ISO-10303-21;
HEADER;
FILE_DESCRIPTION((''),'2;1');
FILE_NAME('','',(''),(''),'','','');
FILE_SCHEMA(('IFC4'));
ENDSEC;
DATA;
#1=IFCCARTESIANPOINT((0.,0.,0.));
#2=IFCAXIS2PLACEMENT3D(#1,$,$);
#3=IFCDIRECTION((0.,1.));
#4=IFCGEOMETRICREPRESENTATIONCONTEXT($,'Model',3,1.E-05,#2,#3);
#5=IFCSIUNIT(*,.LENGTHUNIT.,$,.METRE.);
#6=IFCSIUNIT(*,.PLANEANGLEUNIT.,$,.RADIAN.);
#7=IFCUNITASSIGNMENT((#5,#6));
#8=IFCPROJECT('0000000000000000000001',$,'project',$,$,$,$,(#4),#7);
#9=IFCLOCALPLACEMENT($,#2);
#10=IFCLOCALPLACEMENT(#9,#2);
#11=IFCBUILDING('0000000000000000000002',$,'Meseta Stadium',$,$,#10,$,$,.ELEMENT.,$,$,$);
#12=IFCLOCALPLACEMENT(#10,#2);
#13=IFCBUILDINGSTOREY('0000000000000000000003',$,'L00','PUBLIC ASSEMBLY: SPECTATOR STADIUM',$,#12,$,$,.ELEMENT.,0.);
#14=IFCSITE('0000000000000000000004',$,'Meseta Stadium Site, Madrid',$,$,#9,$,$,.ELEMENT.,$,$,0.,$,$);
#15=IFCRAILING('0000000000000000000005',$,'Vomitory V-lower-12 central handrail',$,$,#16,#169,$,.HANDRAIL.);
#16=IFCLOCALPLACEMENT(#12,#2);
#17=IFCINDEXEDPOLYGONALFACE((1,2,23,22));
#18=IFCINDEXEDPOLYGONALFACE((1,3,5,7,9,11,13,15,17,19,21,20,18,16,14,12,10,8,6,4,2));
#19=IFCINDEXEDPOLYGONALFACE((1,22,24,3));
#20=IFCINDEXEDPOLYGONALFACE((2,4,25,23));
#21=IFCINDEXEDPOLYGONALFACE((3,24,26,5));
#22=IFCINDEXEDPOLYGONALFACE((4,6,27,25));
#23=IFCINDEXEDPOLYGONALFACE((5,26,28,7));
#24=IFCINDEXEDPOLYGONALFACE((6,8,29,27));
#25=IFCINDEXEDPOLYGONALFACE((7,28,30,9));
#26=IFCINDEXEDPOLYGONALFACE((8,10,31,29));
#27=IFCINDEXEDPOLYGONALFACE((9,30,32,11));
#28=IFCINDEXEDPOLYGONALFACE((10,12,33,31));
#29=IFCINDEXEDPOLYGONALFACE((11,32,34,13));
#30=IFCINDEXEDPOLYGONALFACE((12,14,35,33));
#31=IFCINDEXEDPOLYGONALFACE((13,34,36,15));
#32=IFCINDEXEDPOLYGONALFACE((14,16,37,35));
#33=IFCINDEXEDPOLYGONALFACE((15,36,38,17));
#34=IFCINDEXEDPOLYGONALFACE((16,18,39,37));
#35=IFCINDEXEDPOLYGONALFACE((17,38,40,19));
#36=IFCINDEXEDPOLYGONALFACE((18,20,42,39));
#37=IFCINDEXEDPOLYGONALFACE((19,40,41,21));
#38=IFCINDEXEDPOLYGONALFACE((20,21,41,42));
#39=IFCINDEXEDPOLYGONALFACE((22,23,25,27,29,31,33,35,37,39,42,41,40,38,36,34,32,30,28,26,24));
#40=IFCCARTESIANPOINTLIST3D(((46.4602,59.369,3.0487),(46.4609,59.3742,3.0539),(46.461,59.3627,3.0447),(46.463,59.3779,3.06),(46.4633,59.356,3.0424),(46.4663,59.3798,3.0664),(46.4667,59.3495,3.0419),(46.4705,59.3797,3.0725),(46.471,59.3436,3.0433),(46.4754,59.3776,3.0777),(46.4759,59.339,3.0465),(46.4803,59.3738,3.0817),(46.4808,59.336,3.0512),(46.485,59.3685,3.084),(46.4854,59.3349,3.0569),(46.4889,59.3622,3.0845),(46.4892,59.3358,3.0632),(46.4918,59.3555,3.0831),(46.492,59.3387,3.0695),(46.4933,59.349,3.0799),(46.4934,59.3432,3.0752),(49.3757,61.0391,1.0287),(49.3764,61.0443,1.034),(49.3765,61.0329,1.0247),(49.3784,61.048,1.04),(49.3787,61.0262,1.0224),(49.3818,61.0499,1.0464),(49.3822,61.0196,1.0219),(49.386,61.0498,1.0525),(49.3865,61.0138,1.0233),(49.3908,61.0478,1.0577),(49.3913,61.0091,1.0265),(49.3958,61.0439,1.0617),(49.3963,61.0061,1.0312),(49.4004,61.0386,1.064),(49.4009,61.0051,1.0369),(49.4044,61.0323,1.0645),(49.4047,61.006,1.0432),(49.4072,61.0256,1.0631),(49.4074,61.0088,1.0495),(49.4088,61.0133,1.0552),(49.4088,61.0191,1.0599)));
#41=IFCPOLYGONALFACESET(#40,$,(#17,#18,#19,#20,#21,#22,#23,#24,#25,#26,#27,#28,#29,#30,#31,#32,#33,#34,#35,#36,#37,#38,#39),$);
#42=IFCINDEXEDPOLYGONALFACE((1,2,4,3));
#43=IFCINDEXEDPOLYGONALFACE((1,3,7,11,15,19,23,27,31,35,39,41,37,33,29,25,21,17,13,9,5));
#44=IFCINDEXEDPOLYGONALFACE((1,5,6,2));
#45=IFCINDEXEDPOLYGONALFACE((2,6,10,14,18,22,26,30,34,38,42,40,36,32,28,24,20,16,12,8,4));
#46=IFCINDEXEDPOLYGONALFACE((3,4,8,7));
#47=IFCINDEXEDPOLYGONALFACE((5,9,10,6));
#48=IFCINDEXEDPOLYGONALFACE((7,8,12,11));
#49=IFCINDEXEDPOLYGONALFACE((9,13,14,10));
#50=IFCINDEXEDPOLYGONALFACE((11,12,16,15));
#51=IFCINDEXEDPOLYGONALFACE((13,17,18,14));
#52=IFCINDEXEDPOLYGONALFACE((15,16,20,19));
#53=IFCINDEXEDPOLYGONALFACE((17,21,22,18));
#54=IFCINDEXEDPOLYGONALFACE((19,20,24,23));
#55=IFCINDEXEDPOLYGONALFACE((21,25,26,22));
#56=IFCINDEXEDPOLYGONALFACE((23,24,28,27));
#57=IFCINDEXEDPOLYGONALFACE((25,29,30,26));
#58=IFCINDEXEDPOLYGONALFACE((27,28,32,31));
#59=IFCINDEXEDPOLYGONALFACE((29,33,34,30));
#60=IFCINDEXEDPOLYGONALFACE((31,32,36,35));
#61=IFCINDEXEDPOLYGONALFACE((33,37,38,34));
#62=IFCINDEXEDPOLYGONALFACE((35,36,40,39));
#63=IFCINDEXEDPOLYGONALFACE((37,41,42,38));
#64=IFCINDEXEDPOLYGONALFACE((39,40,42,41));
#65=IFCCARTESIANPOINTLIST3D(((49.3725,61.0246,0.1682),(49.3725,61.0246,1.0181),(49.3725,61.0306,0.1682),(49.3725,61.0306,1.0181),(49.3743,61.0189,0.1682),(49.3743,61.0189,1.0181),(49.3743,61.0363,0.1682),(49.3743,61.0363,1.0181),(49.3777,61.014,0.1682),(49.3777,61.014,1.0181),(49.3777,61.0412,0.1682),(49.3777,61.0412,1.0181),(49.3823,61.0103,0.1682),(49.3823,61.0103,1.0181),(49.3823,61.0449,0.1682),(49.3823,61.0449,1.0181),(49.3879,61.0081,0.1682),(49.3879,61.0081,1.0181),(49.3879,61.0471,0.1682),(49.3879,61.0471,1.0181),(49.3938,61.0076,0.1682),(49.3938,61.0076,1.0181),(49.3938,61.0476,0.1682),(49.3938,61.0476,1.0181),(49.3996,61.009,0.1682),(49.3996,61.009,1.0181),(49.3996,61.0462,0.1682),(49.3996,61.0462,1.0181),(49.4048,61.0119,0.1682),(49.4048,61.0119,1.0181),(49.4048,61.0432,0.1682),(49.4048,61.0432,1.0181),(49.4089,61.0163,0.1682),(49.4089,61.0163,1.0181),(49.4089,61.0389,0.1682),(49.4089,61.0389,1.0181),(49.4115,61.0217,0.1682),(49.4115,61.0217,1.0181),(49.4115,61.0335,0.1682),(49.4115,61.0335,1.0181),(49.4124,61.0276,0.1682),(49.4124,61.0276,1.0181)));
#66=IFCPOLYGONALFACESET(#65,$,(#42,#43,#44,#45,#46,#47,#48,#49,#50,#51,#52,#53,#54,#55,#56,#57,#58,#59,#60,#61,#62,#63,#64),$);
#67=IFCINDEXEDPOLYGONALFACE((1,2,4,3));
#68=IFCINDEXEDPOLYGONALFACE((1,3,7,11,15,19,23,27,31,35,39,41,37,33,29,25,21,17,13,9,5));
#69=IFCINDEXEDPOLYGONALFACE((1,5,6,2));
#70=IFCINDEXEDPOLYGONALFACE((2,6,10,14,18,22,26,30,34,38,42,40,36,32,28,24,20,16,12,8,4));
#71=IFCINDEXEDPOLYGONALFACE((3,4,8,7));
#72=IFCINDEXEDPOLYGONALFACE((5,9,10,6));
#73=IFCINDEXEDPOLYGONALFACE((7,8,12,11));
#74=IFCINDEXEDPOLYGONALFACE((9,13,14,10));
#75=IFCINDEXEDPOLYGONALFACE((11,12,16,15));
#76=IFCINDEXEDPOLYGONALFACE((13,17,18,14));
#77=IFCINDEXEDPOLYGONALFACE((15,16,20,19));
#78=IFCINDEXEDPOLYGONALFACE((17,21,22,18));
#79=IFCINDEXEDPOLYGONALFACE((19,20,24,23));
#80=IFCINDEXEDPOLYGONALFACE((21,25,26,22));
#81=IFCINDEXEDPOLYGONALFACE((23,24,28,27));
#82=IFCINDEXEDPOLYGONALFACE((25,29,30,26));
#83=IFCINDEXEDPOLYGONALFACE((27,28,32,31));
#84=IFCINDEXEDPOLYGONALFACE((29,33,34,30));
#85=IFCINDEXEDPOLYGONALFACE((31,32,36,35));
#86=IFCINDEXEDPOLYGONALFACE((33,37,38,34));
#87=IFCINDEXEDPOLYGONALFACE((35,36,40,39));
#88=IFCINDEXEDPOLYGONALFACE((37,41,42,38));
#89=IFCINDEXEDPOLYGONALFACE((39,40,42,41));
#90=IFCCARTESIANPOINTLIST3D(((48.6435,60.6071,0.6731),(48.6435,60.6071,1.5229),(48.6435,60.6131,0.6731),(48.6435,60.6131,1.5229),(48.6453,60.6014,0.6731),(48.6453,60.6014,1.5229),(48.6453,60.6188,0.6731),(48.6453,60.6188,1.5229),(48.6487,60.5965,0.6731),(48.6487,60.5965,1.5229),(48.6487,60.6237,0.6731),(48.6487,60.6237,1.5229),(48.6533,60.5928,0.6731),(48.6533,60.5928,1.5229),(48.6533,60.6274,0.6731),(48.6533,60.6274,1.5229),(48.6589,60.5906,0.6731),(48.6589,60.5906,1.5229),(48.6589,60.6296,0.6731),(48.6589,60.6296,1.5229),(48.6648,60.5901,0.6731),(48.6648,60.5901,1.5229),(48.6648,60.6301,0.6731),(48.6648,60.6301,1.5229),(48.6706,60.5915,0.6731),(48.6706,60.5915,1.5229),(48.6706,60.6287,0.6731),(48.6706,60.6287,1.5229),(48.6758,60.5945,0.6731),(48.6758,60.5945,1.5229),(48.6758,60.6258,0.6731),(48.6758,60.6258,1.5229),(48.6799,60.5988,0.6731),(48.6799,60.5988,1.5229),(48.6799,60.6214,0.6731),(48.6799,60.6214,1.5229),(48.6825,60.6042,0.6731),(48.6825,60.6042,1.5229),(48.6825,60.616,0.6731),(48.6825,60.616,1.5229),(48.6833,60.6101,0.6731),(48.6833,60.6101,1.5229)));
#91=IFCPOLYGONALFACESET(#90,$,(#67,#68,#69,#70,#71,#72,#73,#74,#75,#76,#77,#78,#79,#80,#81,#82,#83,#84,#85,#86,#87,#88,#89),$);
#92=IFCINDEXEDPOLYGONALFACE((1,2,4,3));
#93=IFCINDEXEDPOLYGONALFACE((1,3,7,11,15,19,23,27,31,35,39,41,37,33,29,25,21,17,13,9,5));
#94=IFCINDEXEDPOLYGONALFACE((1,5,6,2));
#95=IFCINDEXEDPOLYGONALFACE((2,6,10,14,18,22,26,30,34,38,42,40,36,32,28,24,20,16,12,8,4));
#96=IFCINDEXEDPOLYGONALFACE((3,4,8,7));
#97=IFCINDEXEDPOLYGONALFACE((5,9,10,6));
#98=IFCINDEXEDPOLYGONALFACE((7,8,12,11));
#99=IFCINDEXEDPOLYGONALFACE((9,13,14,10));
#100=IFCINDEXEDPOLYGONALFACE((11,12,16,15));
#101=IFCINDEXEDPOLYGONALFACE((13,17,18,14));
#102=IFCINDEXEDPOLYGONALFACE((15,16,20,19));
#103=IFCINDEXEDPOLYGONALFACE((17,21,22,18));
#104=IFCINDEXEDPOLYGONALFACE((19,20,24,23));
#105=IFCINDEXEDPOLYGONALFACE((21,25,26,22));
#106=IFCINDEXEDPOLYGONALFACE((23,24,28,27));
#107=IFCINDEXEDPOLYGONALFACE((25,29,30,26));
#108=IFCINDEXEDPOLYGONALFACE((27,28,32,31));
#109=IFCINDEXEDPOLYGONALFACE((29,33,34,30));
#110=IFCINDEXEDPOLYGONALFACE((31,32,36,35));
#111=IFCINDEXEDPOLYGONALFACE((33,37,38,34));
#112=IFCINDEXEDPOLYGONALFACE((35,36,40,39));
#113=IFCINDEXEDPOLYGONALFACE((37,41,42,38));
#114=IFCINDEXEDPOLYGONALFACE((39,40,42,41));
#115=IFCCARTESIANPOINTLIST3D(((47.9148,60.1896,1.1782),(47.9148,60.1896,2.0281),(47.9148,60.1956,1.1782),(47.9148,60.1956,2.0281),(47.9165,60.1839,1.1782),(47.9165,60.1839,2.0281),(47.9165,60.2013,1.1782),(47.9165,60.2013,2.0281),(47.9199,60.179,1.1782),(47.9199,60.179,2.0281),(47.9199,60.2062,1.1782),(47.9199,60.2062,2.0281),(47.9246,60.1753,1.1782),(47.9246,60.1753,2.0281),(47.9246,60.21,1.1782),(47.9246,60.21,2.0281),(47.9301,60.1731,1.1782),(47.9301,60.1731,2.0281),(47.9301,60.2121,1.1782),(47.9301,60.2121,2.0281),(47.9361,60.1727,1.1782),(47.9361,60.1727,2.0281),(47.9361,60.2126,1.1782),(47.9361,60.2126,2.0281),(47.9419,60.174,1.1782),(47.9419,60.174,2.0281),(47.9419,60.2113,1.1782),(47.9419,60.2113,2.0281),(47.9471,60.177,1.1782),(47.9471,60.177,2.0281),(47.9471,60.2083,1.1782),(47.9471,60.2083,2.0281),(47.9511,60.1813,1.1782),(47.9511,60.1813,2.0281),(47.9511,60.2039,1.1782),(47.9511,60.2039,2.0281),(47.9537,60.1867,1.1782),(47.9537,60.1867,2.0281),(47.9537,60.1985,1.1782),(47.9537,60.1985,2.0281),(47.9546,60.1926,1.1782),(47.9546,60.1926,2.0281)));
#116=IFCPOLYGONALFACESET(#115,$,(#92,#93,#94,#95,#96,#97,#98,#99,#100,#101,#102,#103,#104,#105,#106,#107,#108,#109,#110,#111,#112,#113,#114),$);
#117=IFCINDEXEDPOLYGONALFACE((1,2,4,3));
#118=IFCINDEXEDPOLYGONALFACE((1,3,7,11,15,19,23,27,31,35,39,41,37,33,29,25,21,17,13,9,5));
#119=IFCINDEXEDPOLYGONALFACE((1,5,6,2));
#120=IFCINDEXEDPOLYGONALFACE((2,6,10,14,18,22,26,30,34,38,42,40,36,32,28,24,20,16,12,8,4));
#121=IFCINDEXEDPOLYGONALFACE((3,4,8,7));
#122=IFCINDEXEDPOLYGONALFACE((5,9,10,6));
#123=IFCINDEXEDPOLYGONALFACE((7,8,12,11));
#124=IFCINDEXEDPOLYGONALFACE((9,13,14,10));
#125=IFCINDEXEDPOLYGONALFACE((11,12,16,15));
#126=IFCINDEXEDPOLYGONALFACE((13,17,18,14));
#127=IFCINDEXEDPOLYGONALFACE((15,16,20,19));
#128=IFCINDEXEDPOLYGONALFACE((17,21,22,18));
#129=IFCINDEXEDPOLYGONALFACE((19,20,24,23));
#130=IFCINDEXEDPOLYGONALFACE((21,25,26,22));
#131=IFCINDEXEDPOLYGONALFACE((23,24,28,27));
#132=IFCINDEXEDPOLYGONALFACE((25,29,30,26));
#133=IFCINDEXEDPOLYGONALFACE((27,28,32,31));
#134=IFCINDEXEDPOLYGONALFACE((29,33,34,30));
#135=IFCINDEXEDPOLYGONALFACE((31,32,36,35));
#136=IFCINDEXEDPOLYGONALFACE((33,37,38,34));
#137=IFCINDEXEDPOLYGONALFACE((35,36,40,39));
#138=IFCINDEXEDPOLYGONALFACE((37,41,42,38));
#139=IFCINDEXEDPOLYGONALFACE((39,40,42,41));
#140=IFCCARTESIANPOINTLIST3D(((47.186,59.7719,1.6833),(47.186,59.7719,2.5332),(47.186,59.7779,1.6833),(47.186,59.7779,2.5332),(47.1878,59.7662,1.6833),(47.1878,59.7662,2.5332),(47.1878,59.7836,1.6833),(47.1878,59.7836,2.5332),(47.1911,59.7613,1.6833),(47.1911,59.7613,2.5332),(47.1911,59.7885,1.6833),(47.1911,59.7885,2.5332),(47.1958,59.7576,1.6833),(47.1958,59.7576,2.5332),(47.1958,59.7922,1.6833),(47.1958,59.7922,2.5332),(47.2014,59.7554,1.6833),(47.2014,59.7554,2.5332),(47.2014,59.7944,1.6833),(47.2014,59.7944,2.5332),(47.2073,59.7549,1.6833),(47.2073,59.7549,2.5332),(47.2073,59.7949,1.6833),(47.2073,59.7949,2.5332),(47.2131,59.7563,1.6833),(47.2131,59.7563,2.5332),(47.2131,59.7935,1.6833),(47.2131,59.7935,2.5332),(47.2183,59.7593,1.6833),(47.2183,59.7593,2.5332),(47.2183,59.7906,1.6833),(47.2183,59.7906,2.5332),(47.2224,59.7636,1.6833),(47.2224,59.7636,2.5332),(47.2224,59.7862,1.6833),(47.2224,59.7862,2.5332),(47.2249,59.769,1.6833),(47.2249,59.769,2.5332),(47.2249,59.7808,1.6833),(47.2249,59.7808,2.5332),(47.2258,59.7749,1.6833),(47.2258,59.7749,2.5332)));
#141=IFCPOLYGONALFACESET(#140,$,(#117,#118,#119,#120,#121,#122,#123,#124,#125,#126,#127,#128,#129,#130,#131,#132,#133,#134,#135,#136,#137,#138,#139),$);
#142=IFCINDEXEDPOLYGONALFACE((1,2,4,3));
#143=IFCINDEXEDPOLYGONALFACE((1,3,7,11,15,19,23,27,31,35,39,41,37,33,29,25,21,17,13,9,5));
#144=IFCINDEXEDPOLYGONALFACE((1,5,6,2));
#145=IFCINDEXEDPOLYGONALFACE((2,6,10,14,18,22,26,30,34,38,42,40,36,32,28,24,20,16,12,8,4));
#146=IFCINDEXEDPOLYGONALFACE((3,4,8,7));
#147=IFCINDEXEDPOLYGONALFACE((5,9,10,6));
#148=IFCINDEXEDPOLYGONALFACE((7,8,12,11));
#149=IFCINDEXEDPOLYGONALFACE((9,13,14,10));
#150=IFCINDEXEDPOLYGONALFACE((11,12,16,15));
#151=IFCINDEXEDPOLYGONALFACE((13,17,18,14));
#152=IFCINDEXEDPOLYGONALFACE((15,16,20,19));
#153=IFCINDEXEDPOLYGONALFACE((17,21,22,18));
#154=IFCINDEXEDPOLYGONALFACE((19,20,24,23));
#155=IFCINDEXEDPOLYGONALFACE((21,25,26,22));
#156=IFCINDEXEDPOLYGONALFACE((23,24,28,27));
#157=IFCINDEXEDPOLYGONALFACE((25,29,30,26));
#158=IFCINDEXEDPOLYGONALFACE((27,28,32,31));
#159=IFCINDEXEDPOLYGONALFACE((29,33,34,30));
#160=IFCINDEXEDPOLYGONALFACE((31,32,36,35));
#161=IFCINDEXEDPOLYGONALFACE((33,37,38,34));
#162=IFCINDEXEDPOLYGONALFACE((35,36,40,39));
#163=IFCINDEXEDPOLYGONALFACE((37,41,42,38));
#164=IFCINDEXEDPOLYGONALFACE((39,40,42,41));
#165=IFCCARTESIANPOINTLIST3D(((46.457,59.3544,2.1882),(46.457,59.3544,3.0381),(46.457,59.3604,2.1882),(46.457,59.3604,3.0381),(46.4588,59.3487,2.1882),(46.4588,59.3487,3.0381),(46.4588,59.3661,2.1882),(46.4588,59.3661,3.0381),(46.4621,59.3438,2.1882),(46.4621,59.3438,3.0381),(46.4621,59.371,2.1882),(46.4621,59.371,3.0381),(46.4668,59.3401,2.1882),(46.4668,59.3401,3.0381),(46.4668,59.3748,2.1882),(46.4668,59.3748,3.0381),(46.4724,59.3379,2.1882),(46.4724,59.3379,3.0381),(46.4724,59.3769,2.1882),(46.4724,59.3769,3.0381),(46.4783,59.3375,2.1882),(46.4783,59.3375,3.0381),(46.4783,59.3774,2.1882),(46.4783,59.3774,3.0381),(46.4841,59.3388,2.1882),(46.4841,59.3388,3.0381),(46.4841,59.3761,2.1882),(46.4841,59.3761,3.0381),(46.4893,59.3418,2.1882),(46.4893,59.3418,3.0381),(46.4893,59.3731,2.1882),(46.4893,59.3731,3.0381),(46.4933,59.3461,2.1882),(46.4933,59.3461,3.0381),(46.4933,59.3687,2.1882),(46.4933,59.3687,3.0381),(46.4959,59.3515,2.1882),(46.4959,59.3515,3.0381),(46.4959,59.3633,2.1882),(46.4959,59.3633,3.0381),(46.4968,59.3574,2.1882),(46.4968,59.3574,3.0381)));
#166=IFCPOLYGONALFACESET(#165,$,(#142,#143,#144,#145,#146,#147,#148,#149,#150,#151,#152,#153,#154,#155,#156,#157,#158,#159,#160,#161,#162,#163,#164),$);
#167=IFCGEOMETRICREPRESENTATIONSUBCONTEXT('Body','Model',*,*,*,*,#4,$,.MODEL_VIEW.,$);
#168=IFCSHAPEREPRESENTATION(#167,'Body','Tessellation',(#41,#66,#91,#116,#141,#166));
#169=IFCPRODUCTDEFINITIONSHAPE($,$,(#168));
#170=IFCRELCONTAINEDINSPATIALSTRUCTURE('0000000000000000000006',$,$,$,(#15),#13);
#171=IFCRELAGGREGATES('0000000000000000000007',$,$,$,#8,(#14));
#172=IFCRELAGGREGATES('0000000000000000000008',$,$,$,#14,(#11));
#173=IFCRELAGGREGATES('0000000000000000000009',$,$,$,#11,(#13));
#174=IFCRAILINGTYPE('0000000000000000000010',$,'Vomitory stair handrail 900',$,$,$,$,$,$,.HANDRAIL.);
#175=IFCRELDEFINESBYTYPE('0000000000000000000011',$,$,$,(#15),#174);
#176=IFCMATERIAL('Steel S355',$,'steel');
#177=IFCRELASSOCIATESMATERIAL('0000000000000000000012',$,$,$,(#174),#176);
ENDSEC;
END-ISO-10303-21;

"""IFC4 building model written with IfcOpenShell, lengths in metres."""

from ifc_helpers import new_model, si_unit, direction, frame, origin, origin_2d, place, context, subcontext, project, spatial, circle, extrude, material, type_object, element, save


model = new_model("IFC4")

# Units and contexts
model_context = context("Model", 3, precision=1e-05, world=origin(), true_north=direction((0.0, 1.0)))
body_context = subcontext(model_context, "Body", "Model", "MODEL_VIEW")
ifc_project = project(units=[si_unit("LENGTHUNIT", "METRE"), si_unit("PLANEANGLEUNIT", "RADIAN")], contexts=[model_context])

# Site, building, storey
site_placement = place(None, origin())
site = spatial("IfcSite", under=ifc_project, at=site_placement, Name="Meseta Stadium Site, Madrid", CompositionType="ELEMENT", RefElevation=0.0)
building_placement = place(site_placement, origin())
building = spatial("IfcBuilding", under=site, at=building_placement, Name="Meseta Stadium", CompositionType="ELEMENT")
storey_placement = place(building_placement, origin())
storey = spatial("IfcBuildingStorey", under=building, at=storey_placement, Name="L00", Description="PUBLIC ASSEMBLY: SPECTATOR STADIUM", CompositionType="ELEMENT", Elevation=0.0)

# Railing
ifc_material_1 = material(Name="Steel S355", Category="steel")
railing_type_1 = type_object("IfcRailingType", Name="Vomitory stair handrail 900", PredefinedType="HANDRAIL", material=ifc_material_1)
railing_1_placement = place(storey_placement, frame((49.3923, 61.0276, 0.1682)))
element("IfcRailing", 1, at=railing_1_placement, inside=storey, type_object=railing_type_1, Name="Vomitory V-lower-12 central handrail", PredefinedType="HANDRAIL", context=body_context, shape_type="SweptSolid", body=[
    extrude(circle(Radius=0.0249, at=origin_2d()), frame((0.0, 0.0, 0.875), z_axis=(-0.743664, -0.42601, 0.515247), x_axis=(0.49707, -0.867711, 0.0)), (0.0, 0.0, 1.0), 3.9204),
    extrude(circle(Radius=0.02, at=origin_2d()), origin(), (0.0, 0.0, 1.0), 0.8499),
    extrude(circle(Radius=0.02, at=origin_2d()), frame((-0.729, -0.4175, 0.5049)), (0.0, 0.0, 1.0), 0.8499),
    extrude(circle(Radius=0.02, at=origin_2d()), frame((-1.4578, -0.835, 1.01)), (0.0, 0.0, 1.0), 0.8499),
    extrude(circle(Radius=0.02, at=origin_2d()), frame((-2.1865, -1.2527, 1.5151)), (0.0, 0.0, 1.0), 0.8499),
    extrude(circle(Radius=0.02, at=origin_2d()), frame((-2.9155, -1.6702, 2.02)), (0.0, 0.0, 1.0), 0.8499),
])

save(model, "model.ifc")
